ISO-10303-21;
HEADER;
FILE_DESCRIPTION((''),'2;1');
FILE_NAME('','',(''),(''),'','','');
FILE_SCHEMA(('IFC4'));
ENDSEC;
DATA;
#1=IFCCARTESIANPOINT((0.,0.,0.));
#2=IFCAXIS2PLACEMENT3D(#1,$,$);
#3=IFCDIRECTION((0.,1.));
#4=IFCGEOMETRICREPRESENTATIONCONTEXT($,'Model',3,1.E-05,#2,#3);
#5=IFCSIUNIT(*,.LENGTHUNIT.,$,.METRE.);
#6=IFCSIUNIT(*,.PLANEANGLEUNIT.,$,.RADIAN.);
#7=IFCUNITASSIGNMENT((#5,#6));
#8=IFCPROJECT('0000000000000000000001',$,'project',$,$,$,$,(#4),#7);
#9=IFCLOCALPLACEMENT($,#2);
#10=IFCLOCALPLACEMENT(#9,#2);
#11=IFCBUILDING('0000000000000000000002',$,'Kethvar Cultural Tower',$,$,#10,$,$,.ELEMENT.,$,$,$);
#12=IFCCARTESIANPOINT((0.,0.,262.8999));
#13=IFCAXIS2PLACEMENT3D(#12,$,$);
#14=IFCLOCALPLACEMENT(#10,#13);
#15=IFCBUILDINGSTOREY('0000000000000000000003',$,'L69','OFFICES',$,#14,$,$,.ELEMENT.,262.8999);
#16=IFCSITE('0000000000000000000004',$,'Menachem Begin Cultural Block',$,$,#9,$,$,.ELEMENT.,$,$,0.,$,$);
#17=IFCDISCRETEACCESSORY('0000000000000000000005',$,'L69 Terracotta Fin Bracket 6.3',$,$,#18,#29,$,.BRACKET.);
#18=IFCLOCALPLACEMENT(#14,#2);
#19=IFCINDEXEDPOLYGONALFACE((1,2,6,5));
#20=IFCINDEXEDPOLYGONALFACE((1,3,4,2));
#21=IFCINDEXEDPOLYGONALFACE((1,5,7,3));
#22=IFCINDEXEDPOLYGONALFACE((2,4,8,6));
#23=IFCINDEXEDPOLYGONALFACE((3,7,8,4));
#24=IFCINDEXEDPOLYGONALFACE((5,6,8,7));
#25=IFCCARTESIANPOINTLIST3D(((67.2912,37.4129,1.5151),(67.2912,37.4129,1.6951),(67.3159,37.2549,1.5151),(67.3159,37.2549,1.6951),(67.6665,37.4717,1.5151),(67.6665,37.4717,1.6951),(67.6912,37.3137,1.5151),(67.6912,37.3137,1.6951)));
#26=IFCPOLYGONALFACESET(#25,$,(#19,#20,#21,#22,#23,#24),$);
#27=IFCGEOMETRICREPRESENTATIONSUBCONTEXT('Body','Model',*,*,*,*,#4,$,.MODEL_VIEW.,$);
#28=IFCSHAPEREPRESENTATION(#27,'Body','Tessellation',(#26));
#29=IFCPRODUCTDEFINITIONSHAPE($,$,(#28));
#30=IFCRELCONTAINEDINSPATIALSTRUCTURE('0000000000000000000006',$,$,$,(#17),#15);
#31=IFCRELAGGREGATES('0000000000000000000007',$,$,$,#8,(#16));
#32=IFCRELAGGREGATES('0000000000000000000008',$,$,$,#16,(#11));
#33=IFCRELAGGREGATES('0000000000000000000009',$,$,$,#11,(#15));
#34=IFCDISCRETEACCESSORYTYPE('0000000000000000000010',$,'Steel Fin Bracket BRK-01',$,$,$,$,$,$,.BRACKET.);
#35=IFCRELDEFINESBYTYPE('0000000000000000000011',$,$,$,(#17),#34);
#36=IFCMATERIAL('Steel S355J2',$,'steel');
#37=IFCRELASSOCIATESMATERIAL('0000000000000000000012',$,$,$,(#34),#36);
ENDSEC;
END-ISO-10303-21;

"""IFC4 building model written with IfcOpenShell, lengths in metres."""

from ifc_helpers import new_model, si_unit, direction, frame, origin, origin_2d, place, context, subcontext, project, spatial, rectangle, extrude, source, transform, mapped, material, type_object, element, save


model = new_model("IFC4")

# Units and contexts
model_context = context("Model", 3, precision=1e-05, world=origin(), true_north=direction((0.0, 1.0)))
body_context = subcontext(model_context, "Body", "Model", "MODEL_VIEW")
ifc_project = project(units=[si_unit("LENGTHUNIT", "METRE"), si_unit("PLANEANGLEUNIT", "RADIAN")], contexts=[model_context])

# Site, building, storey
site_placement = place(None, origin())
site = spatial("IfcSite", under=ifc_project, at=site_placement, Name="Menachem Begin Cultural Block", CompositionType="ELEMENT", RefElevation=0.0)
building_placement = place(site_placement, origin())
building = spatial("IfcBuilding", under=site, at=building_placement, Name="Kethvar Cultural Tower", CompositionType="ELEMENT")
storey_placement = place(building_placement, frame((0.0, 0.0, 262.8999)))
storey = spatial("IfcBuildingStorey", under=building, at=storey_placement, Name="L69", Description="OFFICES", CompositionType="ELEMENT", Elevation=262.8999)

# Discrete accessory
ifc_material_1 = material(Name="Steel S355J2", Category="steel")
discrete_accessory_type = type_object("IfcDiscreteAccessoryType", Name="Steel Fin Bracket BRK-01", PredefinedType="BRACKET", material=ifc_material_1)
shared_shape_1 = source(origin(), body_context, "Body", "SweptSolid", [
    extrude(rectangle(XDim=0.3799, YDim=0.1599, at=origin_2d()), origin(), (0.0, 0.0, 1.0), 0.1799),
])
for number, where, z_axis, x_axis, name in (
    (1, (67.4912, 37.3633, 1.5151), (0.0, 0.0, 1.0), (0.987933, 0.154883, 0.0), "L69 Terracotta Fin Bracket 6.3"),
):
    element("IfcDiscreteAccessory", number, at=place(storey_placement, frame(where, z_axis=z_axis, x_axis=x_axis)), inside=storey, type_object=discrete_accessory_type, Name=name, PredefinedType="BRACKET", context=body_context, shape_type="MappedRepresentation", body=[
        mapped(shared_shape_1, transform((0.0, 0.0, 0.0), scale=1.0)),
    ])

save(model, "model.ifc")
